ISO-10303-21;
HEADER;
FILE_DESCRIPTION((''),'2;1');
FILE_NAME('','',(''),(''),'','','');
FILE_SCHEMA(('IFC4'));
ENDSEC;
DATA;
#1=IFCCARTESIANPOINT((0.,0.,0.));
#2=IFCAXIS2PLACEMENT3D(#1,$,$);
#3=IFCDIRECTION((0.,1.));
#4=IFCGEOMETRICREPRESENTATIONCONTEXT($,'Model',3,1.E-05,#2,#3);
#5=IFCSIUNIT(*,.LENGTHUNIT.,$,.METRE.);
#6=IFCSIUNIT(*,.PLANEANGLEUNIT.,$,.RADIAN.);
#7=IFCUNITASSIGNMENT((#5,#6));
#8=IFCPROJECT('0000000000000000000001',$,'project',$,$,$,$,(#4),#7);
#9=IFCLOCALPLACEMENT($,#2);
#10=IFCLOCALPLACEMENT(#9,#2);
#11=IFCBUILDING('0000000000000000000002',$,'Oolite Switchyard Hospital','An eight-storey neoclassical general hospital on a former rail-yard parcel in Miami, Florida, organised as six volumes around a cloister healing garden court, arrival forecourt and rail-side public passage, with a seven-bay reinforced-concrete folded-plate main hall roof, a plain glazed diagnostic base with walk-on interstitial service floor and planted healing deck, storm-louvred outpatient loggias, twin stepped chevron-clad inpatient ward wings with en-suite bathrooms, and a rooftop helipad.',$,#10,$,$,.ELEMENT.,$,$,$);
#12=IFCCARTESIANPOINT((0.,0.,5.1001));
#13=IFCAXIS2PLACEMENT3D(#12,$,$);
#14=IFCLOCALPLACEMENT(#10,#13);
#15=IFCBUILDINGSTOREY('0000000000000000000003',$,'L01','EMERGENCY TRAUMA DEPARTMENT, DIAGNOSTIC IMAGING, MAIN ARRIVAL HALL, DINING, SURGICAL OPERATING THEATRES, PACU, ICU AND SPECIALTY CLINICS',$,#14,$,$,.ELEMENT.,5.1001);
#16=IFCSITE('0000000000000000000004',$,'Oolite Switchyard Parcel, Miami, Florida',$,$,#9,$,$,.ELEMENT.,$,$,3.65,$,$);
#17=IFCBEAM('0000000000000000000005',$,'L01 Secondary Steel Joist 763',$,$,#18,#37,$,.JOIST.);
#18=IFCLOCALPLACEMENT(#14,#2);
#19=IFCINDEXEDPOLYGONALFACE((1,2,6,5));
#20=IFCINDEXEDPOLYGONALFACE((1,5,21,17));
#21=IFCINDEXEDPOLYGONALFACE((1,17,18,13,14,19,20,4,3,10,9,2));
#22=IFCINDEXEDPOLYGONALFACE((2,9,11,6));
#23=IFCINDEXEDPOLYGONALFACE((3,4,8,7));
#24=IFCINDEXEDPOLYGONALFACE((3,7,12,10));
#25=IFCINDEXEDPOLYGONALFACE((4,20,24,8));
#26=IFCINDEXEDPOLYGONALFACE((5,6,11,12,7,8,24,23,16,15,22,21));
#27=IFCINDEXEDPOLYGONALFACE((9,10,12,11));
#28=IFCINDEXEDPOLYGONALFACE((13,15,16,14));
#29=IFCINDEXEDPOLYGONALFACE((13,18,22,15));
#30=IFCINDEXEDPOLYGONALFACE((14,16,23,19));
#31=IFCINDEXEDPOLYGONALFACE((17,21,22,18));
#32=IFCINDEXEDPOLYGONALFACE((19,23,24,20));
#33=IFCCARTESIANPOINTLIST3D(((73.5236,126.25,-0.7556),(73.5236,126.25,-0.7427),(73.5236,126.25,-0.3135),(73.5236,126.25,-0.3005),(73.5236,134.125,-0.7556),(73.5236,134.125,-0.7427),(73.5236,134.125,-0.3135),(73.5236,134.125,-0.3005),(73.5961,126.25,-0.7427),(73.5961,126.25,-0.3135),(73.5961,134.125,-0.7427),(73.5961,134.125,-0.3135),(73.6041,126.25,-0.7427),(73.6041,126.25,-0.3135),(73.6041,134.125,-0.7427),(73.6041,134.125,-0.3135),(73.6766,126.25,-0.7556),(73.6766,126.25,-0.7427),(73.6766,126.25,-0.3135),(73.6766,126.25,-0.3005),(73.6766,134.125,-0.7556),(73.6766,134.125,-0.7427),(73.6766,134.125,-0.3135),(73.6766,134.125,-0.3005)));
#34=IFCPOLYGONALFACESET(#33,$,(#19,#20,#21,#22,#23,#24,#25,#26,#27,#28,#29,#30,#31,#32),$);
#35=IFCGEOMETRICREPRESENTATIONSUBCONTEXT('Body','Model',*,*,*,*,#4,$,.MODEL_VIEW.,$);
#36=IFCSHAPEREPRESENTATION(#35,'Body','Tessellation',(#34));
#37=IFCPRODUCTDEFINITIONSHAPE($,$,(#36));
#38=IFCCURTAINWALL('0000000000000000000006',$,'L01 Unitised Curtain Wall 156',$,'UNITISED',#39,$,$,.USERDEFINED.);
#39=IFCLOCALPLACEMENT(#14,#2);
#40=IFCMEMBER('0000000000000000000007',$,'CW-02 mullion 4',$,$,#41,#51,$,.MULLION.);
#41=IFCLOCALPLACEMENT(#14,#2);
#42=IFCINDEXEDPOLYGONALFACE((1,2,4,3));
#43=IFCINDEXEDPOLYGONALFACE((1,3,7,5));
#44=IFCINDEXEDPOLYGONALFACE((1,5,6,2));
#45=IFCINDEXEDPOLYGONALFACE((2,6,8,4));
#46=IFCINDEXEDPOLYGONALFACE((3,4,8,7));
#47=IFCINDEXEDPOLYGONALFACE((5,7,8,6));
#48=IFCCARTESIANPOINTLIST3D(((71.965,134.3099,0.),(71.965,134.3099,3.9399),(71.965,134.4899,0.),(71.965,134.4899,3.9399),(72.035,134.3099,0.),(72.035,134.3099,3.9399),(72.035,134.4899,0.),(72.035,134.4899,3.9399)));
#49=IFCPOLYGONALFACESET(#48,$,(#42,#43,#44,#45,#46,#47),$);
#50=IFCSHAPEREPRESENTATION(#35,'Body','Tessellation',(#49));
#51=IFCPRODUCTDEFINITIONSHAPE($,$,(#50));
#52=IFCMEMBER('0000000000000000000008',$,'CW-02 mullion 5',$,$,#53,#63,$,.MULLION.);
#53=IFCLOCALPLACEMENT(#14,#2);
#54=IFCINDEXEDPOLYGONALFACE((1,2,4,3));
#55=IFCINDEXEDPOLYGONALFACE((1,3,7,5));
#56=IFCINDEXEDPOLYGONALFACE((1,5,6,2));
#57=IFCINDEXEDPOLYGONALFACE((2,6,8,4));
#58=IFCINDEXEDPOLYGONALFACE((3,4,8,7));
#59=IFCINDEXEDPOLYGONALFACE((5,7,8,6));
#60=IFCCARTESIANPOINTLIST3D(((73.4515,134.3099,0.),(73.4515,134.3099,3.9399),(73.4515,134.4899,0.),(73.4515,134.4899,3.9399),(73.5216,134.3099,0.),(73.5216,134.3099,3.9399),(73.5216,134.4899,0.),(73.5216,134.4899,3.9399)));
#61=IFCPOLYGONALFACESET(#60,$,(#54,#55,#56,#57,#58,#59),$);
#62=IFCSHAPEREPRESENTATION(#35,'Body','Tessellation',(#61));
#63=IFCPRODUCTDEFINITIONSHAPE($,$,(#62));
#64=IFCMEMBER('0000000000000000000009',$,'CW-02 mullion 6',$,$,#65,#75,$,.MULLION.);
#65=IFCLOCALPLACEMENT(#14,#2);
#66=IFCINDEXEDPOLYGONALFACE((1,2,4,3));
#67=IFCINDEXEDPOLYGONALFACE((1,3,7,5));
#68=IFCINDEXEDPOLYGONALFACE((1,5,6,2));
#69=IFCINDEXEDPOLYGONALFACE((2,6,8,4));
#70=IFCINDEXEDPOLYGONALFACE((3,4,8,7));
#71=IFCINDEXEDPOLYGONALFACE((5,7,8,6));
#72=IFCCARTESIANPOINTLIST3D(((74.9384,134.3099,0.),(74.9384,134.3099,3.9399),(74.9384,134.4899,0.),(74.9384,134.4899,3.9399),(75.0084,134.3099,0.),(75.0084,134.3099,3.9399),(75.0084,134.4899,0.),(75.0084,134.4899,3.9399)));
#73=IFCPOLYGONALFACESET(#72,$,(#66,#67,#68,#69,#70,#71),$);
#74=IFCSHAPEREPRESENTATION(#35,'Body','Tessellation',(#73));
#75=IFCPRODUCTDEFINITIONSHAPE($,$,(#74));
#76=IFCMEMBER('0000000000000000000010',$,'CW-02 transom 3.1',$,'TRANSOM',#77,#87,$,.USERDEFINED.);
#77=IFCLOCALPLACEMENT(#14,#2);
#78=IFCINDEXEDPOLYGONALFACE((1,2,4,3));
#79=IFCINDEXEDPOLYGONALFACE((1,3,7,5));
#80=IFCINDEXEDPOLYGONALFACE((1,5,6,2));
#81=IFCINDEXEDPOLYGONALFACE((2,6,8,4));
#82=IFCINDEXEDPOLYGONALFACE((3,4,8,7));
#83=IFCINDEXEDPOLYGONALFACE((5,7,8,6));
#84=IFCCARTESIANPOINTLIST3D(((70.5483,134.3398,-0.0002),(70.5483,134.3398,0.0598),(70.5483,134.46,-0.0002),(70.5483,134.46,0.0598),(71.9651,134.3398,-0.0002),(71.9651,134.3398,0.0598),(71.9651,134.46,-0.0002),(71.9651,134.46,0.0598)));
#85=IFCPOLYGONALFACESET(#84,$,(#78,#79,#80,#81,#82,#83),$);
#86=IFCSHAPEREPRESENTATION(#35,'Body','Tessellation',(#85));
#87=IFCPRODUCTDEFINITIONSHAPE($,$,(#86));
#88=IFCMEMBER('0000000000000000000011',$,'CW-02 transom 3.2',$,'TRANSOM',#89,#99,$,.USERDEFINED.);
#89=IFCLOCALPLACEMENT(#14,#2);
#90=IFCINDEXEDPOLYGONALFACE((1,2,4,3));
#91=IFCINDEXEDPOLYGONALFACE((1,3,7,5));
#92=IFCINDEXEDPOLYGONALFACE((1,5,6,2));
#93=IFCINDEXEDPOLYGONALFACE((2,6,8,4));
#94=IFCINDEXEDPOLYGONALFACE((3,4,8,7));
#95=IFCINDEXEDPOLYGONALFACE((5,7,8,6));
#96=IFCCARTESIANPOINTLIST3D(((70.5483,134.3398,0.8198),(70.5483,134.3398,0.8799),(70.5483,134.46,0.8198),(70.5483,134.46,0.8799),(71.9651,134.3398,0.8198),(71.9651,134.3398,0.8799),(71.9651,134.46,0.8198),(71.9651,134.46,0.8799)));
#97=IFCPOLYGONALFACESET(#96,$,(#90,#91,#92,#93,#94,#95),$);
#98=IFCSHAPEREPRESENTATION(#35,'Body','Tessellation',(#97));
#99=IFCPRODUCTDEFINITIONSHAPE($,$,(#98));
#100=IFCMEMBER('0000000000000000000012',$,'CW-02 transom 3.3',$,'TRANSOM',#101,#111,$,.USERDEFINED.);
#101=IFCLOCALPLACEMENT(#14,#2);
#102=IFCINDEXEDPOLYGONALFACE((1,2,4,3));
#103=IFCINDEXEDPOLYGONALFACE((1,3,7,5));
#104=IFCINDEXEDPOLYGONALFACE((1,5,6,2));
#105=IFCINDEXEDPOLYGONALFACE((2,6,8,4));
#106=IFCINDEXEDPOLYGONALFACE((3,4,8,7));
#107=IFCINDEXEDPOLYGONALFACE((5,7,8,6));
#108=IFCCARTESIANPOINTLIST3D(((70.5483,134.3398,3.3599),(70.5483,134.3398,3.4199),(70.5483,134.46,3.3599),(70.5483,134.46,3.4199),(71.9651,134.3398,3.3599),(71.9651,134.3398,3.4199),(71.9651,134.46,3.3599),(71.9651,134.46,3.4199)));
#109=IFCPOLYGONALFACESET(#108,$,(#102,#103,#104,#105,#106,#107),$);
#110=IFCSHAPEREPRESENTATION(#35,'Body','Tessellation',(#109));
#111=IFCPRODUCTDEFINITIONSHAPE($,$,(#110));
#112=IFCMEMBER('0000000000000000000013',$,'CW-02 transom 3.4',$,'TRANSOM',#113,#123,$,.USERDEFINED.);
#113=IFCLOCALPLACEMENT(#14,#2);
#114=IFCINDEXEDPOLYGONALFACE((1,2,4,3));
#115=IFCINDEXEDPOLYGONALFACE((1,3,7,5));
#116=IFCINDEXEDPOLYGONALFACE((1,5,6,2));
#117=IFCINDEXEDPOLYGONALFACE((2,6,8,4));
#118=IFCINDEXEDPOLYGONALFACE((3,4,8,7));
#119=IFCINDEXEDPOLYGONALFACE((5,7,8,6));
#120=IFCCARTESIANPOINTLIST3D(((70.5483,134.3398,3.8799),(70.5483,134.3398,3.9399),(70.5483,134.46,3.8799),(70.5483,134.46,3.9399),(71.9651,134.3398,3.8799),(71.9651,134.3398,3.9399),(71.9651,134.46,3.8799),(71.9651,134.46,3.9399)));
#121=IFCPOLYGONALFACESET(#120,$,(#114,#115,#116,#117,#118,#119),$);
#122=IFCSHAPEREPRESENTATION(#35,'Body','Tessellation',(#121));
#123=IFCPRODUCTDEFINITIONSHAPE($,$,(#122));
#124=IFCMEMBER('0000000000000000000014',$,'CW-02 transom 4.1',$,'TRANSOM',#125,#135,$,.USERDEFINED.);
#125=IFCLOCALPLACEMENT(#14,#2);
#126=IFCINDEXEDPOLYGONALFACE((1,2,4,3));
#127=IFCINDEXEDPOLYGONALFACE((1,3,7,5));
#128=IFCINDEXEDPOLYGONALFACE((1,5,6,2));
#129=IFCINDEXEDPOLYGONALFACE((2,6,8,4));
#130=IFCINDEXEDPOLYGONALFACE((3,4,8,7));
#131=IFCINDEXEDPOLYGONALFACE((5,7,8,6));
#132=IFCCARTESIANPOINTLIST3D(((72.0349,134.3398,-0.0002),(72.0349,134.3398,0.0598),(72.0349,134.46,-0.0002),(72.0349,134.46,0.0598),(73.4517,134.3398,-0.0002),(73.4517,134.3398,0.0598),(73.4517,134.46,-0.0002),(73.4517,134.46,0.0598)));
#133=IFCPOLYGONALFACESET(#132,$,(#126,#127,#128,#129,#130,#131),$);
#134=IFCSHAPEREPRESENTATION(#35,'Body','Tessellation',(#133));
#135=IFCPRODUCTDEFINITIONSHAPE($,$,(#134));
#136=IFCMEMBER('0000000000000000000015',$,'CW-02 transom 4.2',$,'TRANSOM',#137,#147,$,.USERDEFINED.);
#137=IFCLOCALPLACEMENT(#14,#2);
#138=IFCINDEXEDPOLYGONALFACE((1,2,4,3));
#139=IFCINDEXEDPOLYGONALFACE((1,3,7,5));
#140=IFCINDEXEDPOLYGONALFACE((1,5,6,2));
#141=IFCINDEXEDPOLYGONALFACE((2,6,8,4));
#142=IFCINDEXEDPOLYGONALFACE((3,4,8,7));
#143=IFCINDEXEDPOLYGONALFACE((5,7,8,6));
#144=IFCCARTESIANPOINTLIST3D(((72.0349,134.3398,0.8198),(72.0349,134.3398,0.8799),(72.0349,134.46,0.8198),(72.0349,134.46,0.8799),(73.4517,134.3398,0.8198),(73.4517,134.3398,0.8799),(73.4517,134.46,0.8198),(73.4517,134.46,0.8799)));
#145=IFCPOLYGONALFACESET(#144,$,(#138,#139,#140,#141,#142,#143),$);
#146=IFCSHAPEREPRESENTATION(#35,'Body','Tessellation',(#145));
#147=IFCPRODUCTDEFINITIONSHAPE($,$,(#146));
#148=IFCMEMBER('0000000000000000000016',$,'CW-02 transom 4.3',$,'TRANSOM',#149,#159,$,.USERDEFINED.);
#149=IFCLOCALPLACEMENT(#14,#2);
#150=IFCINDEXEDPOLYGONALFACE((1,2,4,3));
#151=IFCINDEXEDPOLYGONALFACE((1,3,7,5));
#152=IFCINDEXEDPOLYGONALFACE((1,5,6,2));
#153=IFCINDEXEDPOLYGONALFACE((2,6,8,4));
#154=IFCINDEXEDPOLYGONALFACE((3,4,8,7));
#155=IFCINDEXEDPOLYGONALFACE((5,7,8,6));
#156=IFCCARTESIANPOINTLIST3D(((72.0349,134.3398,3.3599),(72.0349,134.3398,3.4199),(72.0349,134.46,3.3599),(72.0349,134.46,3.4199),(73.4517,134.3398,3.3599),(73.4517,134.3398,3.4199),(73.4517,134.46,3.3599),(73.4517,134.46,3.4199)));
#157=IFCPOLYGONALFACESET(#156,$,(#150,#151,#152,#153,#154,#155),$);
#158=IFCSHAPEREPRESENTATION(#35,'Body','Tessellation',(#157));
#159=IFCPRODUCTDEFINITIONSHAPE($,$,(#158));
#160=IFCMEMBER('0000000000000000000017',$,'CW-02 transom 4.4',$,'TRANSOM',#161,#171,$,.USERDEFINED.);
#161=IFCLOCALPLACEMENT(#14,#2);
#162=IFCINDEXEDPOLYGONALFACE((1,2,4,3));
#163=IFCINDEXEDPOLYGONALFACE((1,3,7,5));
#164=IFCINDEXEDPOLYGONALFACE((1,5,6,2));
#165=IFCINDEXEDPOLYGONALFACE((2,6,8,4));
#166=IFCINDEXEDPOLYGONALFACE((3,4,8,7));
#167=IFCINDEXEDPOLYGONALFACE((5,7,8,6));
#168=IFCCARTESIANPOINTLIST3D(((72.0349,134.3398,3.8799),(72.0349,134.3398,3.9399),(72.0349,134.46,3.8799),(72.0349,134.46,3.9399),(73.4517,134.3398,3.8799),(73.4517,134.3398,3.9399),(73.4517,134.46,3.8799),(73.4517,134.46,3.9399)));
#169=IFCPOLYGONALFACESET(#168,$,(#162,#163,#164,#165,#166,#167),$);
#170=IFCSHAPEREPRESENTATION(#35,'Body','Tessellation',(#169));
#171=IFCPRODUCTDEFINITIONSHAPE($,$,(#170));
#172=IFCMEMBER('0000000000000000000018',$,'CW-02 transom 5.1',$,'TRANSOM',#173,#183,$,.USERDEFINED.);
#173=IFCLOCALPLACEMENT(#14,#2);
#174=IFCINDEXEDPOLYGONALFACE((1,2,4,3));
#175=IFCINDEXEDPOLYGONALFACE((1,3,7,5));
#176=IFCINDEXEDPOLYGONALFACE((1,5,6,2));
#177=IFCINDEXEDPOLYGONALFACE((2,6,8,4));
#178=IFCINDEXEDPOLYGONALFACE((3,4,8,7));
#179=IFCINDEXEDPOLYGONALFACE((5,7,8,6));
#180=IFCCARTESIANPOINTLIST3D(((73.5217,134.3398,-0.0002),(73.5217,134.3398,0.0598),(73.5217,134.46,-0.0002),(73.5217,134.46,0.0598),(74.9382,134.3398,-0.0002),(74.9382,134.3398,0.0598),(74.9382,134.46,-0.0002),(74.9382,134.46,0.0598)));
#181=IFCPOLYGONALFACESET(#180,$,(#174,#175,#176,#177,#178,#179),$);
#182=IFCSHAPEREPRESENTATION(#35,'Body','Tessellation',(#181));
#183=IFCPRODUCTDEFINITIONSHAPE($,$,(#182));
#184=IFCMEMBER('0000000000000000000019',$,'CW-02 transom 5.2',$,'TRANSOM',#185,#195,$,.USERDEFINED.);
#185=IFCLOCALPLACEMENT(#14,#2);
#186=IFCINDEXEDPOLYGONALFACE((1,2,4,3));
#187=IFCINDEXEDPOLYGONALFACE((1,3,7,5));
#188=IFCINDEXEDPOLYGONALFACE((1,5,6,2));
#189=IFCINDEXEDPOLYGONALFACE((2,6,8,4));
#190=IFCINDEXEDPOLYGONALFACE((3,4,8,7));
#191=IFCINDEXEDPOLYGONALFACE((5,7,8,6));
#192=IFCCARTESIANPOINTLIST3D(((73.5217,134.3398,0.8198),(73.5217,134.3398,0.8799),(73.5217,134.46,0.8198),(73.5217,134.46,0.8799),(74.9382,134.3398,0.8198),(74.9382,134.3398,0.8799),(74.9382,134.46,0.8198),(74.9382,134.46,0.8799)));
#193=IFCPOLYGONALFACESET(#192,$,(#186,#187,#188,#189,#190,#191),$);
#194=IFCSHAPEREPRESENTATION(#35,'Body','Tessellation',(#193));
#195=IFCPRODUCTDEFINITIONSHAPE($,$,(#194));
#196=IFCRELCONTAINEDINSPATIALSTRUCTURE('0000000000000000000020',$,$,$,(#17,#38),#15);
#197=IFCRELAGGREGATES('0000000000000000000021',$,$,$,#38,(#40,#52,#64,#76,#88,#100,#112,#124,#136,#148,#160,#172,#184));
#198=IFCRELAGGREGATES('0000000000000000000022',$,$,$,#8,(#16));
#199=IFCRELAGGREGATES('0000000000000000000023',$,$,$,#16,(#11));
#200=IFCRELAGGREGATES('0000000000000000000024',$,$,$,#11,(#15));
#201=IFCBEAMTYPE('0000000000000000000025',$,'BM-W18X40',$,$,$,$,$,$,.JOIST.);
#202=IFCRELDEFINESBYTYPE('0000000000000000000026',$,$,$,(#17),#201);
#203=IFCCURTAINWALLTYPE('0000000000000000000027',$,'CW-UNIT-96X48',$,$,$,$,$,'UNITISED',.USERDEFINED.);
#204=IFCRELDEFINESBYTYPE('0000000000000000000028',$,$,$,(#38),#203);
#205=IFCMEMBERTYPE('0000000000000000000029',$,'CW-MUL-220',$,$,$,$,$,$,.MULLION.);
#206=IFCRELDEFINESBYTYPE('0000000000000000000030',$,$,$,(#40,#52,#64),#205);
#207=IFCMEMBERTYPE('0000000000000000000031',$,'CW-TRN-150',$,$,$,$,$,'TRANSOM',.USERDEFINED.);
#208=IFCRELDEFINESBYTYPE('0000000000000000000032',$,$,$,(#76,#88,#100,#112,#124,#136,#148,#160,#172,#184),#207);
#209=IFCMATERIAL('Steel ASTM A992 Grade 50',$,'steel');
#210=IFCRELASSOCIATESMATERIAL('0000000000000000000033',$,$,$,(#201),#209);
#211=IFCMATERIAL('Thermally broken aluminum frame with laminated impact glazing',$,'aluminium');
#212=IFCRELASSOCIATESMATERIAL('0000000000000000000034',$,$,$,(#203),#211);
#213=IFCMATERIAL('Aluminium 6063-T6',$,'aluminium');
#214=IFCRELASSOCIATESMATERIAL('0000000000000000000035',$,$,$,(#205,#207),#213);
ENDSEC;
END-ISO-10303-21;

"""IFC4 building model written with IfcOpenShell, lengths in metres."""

from ifc_helpers import new_model, si_unit, direction, frame, origin, origin_2d, place, context, subcontext, project, spatial, rectangle, i_section, extrude, material, material_profile, profile_set, type_object, element, aggregate, save


model = new_model("IFC4")

# Units and contexts
model_context = context("Model", 3, precision=1e-05, world=origin(), true_north=direction((0.0, 1.0)))
body_context = subcontext(model_context, "Body", "Model", "MODEL_VIEW")
ifc_project = project(units=[si_unit("LENGTHUNIT", "METRE"), si_unit("PLANEANGLEUNIT", "RADIAN")], contexts=[model_context])

# Site, building, storey
site_placement = place(None, origin())
site = spatial("IfcSite", under=ifc_project, at=site_placement, Name="Oolite Switchyard Parcel, Miami, Florida", CompositionType="ELEMENT", RefElevation=3.65)
building_placement = place(site_placement, origin())
building = spatial("IfcBuilding", under=site, at=building_placement, Name="Oolite Switchyard Hospital", Description="An eight-storey neoclassical general hospital on a former rail-yard parcel in Miami, Florida, organised as six volumes around a cloister healing garden court, arrival forecourt and rail-side public passage, with a seven-bay reinforced-concrete folded-plate main hall roof, a plain glazed diagnostic base with walk-on interstitial service floor and planted healing deck, storm-louvred outpatient loggias, twin stepped chevron-clad inpatient ward wings with en-suite bathrooms, and a rooftop helipad.", CompositionType="ELEMENT")
storey_placement = place(building_placement, frame((0.0, 0.0, 5.1001)))
storey = spatial("IfcBuildingStorey", under=building, at=storey_placement, Name="L01", Description="EMERGENCY TRAUMA DEPARTMENT, DIAGNOSTIC IMAGING, MAIN ARRIVAL HALL, DINING, SURGICAL OPERATING THEATRES, PACU, ICU AND SPECIALTY CLINICS", CompositionType="ELEMENT", Elevation=5.1001)

# Beam
ifc_material_1 = material(Name="Steel ASTM A992 Grade 50", Category="steel")
ifc_material_profile_1 = material_profile(ifc_material_1, i_section(OverallWidth=0.1531, OverallDepth=0.4551, WebThickness=0.0081, FlangeThickness=0.0129, at=origin_2d()), Name="W18X40")
ifc_profile_set_1 = profile_set([ifc_material_profile_1], Name="Steel ASTM A992 Grade 50")
beam_type = type_object("IfcBeamType", Name="BM-W18X40", PredefinedType="JOIST", material=ifc_profile_set_1)
beam_placement = place(storey_placement, frame((73.6001, 126.25, -0.5281), z_axis=(0.0, 1.0, 0.0), x_axis=(-1.0, 0.0, 0.0)))
element("IfcBeam", 1, at=beam_placement, inside=storey, type_object=beam_type, Name="L01 Secondary Steel Joist 763", PredefinedType="JOIST", context=body_context, shape_type="SweptSolid", body=[
    extrude(i_section(OverallWidth=0.1531, OverallDepth=0.4551, WebThickness=0.0081, FlangeThickness=0.0129, at=origin_2d()), origin(), (0.0, 0.0, 1.0), 7.875),
])

# Curtain wall, members
ifc_material_2 = material(Name="Thermally broken aluminum frame with laminated impact glazing", Category="aluminium")
curtain_wall_type = type_object("IfcCurtainWallType", Name="CW-UNIT-96X48", ElementType="UNITISED", PredefinedType="USERDEFINED", material=ifc_material_2)
curtain_wall_placement = place(storey_placement, origin())
curtain_wall = element("IfcCurtainWall", 2, at=curtain_wall_placement, inside=storey, type_object=curtain_wall_type, Name="L01 Unitised Curtain Wall 156", ObjectType="UNITISED", PredefinedType="USERDEFINED")
ifc_material_3 = material(Name="Aluminium 6063-T6", Category="aluminium")
ifc_material_profile_2 = material_profile(ifc_material_3, rectangle(XDim=0.1799, YDim=0.0701, at=origin_2d()), Name="CWM70X180")
ifc_profile_set_2 = profile_set([ifc_material_profile_2], Name="Aluminium 6063-T6")
member_type_1 = type_object("IfcMemberType", Name="CW-MUL-220", PredefinedType="MULLION", material=ifc_profile_set_2)
member_1_placement = place(storey_placement, frame((72.0, 134.3999, 0.0), z_axis=(0.0, 0.0, 1.0), x_axis=(0.0, 1.0, 0.0)))
member_1 = element("IfcMember", 3, at=member_1_placement, type_object=member_type_1, Name="CW-02 mullion 4", PredefinedType="MULLION", context=body_context, shape_type="SweptSolid", body=[
    extrude(rectangle(XDim=0.1799, YDim=0.0701, at=origin_2d()), origin(), (0.0, 0.0, 1.0), 3.9399),
])
member_2_placement = place(storey_placement, frame((73.4866, 134.3999, 0.0), z_axis=(0.0, 0.0, 1.0), x_axis=(0.0, 1.0, 0.0)))
member_2 = element("IfcMember", 4, at=member_2_placement, type_object=member_type_1, Name="CW-02 mullion 5", PredefinedType="MULLION", context=body_context, shape_type="SweptSolid", body=[
    extrude(rectangle(XDim=0.1799, YDim=0.0701, at=origin_2d()), origin(), (0.0, 0.0, 1.0), 3.9399),
])
member_3_placement = place(storey_placement, frame((74.9734, 134.3999, 0.0), z_axis=(0.0, 0.0, 1.0), x_axis=(0.0, 1.0, 0.0)))
member_3 = element("IfcMember", 5, at=member_3_placement, type_object=member_type_1, Name="CW-02 mullion 6", PredefinedType="MULLION", context=body_context, shape_type="SweptSolid", body=[
    extrude(rectangle(XDim=0.1799, YDim=0.0701, at=origin_2d()), origin(), (0.0, 0.0, 1.0), 3.9399),
])
ifc_material_profile_3 = material_profile(ifc_material_3, rectangle(XDim=0.1201, YDim=0.0601, at=origin_2d()), Name="CWT60X120")
ifc_profile_set_3 = profile_set([ifc_material_profile_3], Name="Aluminium 6063-T6")
member_type_2 = type_object("IfcMemberType", Name="CW-TRN-150", ElementType="TRANSOM", PredefinedType="USERDEFINED", material=ifc_profile_set_3)
member_4_placement = place(storey_placement, frame((70.5483, 134.3999, 0.0298), z_axis=(1.0, 0.0, 0.0), x_axis=(0.0, 1.0, 0.0)))
member_4 = element("IfcMember", 6, at=member_4_placement, type_object=member_type_2, Name="CW-02 transom 3.1", ObjectType="TRANSOM", PredefinedType="USERDEFINED", context=body_context, shape_type="SweptSolid", body=[
    extrude(rectangle(XDim=0.1201, YDim=0.0601, at=origin_2d()), origin(), (0.0, 0.0, 1.0), 1.4167),
])
member_5_placement = place(storey_placement, frame((70.5483, 134.3999, 0.8499), z_axis=(1.0, 0.0, 0.0), x_axis=(0.0, 1.0, 0.0)))
member_5 = element("IfcMember", 7, at=member_5_placement, type_object=member_type_2, Name="CW-02 transom 3.2", ObjectType="TRANSOM", PredefinedType="USERDEFINED", context=body_context, shape_type="SweptSolid", body=[
    extrude(rectangle(XDim=0.1201, YDim=0.0601, at=origin_2d()), origin(), (0.0, 0.0, 1.0), 1.4167),
])
member_6_placement = place(storey_placement, frame((70.5483, 134.3999, 3.3899), z_axis=(1.0, 0.0, 0.0), x_axis=(0.0, 1.0, 0.0)))
member_6 = element("IfcMember", 8, at=member_6_placement, type_object=member_type_2, Name="CW-02 transom 3.3", ObjectType="TRANSOM", PredefinedType="USERDEFINED", context=body_context, shape_type="SweptSolid", body=[
    extrude(rectangle(XDim=0.1201, YDim=0.0601, at=origin_2d()), origin(), (0.0, 0.0, 1.0), 1.4167),
])
member_7_placement = place(storey_placement, frame((70.5483, 134.3999, 3.9099), z_axis=(1.0, 0.0, 0.0), x_axis=(0.0, 1.0, 0.0)))
member_7 = element("IfcMember", 9, at=member_7_placement, type_object=member_type_2, Name="CW-02 transom 3.4", ObjectType="TRANSOM", PredefinedType="USERDEFINED", context=body_context, shape_type="SweptSolid", body=[
    extrude(rectangle(XDim=0.1201, YDim=0.0601, at=origin_2d()), origin(), (0.0, 0.0, 1.0), 1.4167),
])
member_8_placement = place(storey_placement, frame((72.0349, 134.3999, 0.0298), z_axis=(1.0, 0.0, 0.0), x_axis=(0.0, 1.0, 0.0)))
member_8 = element("IfcMember", 10, at=member_8_placement, type_object=member_type_2, Name="CW-02 transom 4.1", ObjectType="TRANSOM", PredefinedType="USERDEFINED", context=body_context, shape_type="SweptSolid", body=[
    extrude(rectangle(XDim=0.1201, YDim=0.0601, at=origin_2d()), origin(), (0.0, 0.0, 1.0), 1.4167),
])
member_9_placement = place(storey_placement, frame((72.0349, 134.3999, 0.8499), z_axis=(1.0, 0.0, 0.0), x_axis=(0.0, 1.0, 0.0)))
member_9 = element("IfcMember", 11, at=member_9_placement, type_object=member_type_2, Name="CW-02 transom 4.2", ObjectType="TRANSOM", PredefinedType="USERDEFINED", context=body_context, shape_type="SweptSolid", body=[
    extrude(rectangle(XDim=0.1201, YDim=0.0601, at=origin_2d()), origin(), (0.0, 0.0, 1.0), 1.4167),
])
member_10_placement = place(storey_placement, frame((72.0349, 134.3999, 3.3899), z_axis=(1.0, 0.0, 0.0), x_axis=(0.0, 1.0, 0.0)))
member_10 = element("IfcMember", 12, at=member_10_placement, type_object=member_type_2, Name="CW-02 transom 4.3", ObjectType="TRANSOM", PredefinedType="USERDEFINED", context=body_context, shape_type="SweptSolid", body=[
    extrude(rectangle(XDim=0.1201, YDim=0.0601, at=origin_2d()), origin(), (0.0, 0.0, 1.0), 1.4167),
])
member_11_placement = place(storey_placement, frame((72.0349, 134.3999, 3.9099), z_axis=(1.0, 0.0, 0.0), x_axis=(0.0, 1.0, 0.0)))
member_11 = element("IfcMember", 13, at=member_11_placement, type_object=member_type_2, Name="CW-02 transom 4.4", ObjectType="TRANSOM", PredefinedType="USERDEFINED", context=body_context, shape_type="SweptSolid", body=[
    extrude(rectangle(XDim=0.1201, YDim=0.0601, at=origin_2d()), origin(), (0.0, 0.0, 1.0), 1.4167),
])
member_12_placement = place(storey_placement, frame((73.5217, 134.3999, 0.0298), z_axis=(1.0, 0.0, 0.0), x_axis=(0.0, 1.0, 0.0)))
member_12 = element("IfcMember", 14, at=member_12_placement, type_object=member_type_2, Name="CW-02 transom 5.1", ObjectType="TRANSOM", PredefinedType="USERDEFINED", context=body_context, shape_type="SweptSolid", body=[
    extrude(rectangle(XDim=0.1201, YDim=0.0601, at=origin_2d()), origin(), (0.0, 0.0, 1.0), 1.4165),
])
member_13_placement = place(storey_placement, frame((73.5217, 134.3999, 0.8499), z_axis=(1.0, 0.0, 0.0), x_axis=(0.0, 1.0, 0.0)))
member_13 = element("IfcMember", 15, at=member_13_placement, type_object=member_type_2, Name="CW-02 transom 5.2", ObjectType="TRANSOM", PredefinedType="USERDEFINED", context=body_context, shape_type="SweptSolid", body=[
    extrude(rectangle(XDim=0.1201, YDim=0.0601, at=origin_2d()), origin(), (0.0, 0.0, 1.0), 1.4165),
])
aggregate(curtain_wall, [member_1, member_2, member_3, member_4, member_5, member_6, member_7, member_8, member_9, member_10, member_11, member_12, member_13])

save(model, "model.ifc")
